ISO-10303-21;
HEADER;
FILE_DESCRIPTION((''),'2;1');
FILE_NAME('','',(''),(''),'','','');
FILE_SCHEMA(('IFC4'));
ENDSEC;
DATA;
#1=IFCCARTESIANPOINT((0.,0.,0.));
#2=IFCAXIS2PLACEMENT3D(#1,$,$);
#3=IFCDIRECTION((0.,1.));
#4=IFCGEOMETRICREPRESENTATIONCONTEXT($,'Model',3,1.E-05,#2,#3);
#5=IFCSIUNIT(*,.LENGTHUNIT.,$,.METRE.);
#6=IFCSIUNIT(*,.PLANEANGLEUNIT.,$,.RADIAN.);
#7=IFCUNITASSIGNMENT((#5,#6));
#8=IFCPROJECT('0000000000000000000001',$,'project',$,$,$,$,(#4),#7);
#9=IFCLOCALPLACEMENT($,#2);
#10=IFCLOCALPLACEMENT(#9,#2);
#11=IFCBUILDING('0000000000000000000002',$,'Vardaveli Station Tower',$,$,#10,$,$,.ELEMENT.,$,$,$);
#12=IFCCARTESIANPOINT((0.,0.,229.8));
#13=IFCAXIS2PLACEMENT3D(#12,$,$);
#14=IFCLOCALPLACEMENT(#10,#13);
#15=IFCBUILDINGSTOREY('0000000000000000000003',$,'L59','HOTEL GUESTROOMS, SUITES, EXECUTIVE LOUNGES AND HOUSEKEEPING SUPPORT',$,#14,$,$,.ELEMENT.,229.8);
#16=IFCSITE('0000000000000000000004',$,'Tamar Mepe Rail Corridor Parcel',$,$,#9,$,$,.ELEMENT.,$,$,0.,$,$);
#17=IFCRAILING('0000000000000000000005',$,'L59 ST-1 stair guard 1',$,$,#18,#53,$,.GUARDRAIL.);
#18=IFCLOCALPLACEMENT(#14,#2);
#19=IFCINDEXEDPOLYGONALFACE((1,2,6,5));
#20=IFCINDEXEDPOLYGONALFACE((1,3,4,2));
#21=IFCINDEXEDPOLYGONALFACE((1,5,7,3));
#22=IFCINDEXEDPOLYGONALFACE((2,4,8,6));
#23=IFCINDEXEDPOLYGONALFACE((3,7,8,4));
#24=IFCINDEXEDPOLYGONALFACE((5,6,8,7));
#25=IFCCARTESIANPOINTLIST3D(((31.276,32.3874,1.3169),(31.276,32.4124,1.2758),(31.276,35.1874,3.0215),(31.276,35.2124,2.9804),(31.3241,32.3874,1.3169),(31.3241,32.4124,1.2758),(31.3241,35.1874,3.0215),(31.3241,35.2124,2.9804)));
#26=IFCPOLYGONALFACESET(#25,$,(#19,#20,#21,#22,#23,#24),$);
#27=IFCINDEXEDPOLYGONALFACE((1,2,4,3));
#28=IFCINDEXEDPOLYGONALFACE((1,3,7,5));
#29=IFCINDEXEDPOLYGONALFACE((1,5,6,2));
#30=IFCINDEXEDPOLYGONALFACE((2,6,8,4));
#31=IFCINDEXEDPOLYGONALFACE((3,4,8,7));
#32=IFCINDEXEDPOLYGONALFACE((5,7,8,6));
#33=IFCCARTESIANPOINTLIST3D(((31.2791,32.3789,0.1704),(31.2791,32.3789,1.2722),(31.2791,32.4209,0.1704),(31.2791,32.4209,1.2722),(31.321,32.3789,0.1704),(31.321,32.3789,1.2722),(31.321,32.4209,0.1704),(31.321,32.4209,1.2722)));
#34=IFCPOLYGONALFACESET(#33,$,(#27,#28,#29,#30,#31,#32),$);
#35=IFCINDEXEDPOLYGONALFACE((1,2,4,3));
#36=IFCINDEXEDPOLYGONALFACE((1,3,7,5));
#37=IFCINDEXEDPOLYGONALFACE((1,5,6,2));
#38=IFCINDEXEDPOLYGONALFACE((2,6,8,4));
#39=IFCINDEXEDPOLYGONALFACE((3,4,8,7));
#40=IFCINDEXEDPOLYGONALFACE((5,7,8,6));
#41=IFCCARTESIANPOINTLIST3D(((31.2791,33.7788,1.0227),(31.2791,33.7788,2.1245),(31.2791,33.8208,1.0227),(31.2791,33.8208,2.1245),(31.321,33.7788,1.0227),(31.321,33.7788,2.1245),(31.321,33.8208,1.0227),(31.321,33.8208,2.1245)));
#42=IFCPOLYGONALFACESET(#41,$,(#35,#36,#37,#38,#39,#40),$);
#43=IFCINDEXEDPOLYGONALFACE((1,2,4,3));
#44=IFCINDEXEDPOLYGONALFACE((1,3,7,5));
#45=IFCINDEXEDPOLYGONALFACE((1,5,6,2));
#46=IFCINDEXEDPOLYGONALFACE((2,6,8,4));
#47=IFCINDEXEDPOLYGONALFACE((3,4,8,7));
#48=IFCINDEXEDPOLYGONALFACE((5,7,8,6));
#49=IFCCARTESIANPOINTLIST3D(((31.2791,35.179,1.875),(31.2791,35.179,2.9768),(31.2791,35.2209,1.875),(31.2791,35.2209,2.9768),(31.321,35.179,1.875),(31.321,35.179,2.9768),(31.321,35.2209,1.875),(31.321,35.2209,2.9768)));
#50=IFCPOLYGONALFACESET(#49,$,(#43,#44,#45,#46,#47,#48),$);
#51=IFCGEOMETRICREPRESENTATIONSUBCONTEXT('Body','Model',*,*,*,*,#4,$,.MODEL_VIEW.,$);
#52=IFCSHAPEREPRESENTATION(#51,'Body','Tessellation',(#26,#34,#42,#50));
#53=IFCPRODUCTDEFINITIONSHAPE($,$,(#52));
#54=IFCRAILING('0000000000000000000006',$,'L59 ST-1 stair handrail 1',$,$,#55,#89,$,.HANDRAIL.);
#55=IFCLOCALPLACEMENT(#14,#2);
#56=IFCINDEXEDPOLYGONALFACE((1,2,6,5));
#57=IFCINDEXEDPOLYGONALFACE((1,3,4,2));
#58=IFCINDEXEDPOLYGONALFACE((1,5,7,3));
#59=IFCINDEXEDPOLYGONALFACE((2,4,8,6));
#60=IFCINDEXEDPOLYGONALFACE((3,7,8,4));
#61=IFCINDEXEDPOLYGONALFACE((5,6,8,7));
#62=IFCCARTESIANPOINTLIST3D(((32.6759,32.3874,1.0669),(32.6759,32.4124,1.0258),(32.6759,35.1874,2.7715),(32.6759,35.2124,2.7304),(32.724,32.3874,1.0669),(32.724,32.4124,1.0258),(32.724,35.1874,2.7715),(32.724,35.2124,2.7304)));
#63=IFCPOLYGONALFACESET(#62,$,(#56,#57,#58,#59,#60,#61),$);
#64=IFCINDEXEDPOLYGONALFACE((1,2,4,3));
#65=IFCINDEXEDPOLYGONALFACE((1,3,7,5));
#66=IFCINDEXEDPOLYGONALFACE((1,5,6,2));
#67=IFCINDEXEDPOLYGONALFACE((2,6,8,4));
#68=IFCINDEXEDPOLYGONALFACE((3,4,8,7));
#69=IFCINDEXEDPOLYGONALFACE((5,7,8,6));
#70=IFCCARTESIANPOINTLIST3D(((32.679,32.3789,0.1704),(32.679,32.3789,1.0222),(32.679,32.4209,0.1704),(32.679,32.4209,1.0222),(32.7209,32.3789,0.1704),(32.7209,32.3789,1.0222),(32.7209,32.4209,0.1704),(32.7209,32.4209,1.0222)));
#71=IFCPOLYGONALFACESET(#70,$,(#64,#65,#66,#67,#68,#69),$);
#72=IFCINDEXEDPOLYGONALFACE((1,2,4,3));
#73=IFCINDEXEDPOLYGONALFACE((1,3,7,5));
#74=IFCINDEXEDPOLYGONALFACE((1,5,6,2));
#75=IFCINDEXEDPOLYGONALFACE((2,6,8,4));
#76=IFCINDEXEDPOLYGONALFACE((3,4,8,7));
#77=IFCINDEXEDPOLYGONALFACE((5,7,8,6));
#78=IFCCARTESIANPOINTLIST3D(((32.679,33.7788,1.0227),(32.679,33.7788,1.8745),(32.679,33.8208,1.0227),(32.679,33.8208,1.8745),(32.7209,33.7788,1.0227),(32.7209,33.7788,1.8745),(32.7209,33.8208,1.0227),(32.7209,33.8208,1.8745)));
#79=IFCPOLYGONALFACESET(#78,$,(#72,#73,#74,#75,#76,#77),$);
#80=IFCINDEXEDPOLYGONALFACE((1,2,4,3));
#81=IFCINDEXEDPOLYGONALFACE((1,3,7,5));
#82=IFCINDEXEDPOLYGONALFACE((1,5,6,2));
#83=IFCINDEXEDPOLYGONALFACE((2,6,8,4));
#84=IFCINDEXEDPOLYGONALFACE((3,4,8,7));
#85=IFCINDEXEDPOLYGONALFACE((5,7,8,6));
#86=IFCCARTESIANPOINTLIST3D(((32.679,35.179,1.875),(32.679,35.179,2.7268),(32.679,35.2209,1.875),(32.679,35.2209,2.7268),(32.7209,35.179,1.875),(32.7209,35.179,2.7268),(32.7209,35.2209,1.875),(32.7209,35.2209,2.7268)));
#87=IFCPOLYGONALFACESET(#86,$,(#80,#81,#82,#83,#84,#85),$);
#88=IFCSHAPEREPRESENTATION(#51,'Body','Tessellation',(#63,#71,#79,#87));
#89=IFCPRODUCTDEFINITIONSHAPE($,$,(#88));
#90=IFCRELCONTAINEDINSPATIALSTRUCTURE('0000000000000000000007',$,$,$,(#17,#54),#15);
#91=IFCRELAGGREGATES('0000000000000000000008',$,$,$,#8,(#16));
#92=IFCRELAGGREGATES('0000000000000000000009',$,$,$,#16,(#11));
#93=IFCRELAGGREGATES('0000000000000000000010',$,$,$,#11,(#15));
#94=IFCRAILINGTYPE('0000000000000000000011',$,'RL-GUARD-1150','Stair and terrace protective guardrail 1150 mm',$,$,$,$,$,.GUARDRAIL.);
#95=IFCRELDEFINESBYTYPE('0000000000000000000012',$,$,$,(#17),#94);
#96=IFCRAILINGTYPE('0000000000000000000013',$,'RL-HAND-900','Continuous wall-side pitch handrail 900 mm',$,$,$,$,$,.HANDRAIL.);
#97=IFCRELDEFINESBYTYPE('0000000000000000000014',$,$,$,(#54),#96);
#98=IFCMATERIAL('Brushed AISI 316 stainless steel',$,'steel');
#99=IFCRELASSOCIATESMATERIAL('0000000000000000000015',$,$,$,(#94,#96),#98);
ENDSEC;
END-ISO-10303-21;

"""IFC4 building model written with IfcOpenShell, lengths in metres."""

from ifc_helpers import new_model, si_unit, direction, frame, origin, origin_2d, place, context, subcontext, project, spatial, rectangle, extrude, source, transform, mapped, material, type_object, element, save


model = new_model("IFC4")

# Units and contexts
model_context = context("Model", 3, precision=1e-05, world=origin(), true_north=direction((0.0, 1.0)))
body_context = subcontext(model_context, "Body", "Model", "MODEL_VIEW")
ifc_project = project(units=[si_unit("LENGTHUNIT", "METRE"), si_unit("PLANEANGLEUNIT", "RADIAN")], contexts=[model_context])

# Site, building, storey
site_placement = place(None, origin())
site = spatial("IfcSite", under=ifc_project, at=site_placement, Name="Tamar Mepe Rail Corridor Parcel", CompositionType="ELEMENT", RefElevation=0.0)
building_placement = place(site_placement, origin())
building = spatial("IfcBuilding", under=site, at=building_placement, Name="Vardaveli Station Tower", CompositionType="ELEMENT")
storey_placement = place(building_placement, frame((0.0, 0.0, 229.8)))
storey = spatial("IfcBuildingStorey", under=building, at=storey_placement, Name="L59", Description="HOTEL GUESTROOMS, SUITES, EXECUTIVE LOUNGES AND HOUSEKEEPING SUPPORT", CompositionType="ELEMENT", Elevation=229.8)

# Railings
ifc_material_1 = material(Name="Brushed AISI 316 stainless steel", Category="steel")
railing_type_1 = type_object("IfcRailingType", Name="RL-GUARD-1150", Description="Stair and terrace protective guardrail 1150 mm", PredefinedType="GUARDRAIL", material=ifc_material_1)
shared_shape_1 = source(origin(), body_context, "Body", "SweptSolid", [
    extrude(rectangle(XDim=0.0481, YDim=0.0481, at=origin_2d()), frame((0.0, 0.0, 1.126), z_axis=(0.0, 0.85417, 0.519994), x_axis=(-1.0, 0.0, 0.0)), (0.0, 0.0, 1.0), 3.2781),
    extrude(rectangle(XDim=0.042, YDim=0.042, at=origin_2d()), origin(), (0.0, 0.0, 1.0), 1.1018),
    extrude(rectangle(XDim=0.042, YDim=0.042, at=origin_2d()), frame((0.0, 1.3999, 0.8523)), (0.0, 0.0, 1.0), 1.1018),
    extrude(rectangle(XDim=0.042, YDim=0.042, at=origin_2d()), frame((0.0, 2.8, 1.7046)), (0.0, 0.0, 1.0), 1.1018),
])
railing_1_placement = place(storey_placement, frame((31.3, 32.3999, 0.1704)))
element("IfcRailing", 1, at=railing_1_placement, inside=storey, type_object=railing_type_1, Name="L59 ST-1 stair guard 1", PredefinedType="GUARDRAIL", context=body_context, shape_type="MappedRepresentation", body=[
    mapped(shared_shape_1, transform((0.0, 0.0, 0.0), scale=1.0)),
])
railing_type_2 = type_object("IfcRailingType", Name="RL-HAND-900", Description="Continuous wall-side pitch handrail 900 mm", PredefinedType="HANDRAIL", material=ifc_material_1)
shared_shape_2 = source(origin(), body_context, "Body", "SweptSolid", [
    extrude(rectangle(XDim=0.0481, YDim=0.0481, at=origin_2d()), frame((0.0, 0.0, 0.876), z_axis=(0.0, 0.85417, 0.519994), x_axis=(-1.0, 0.0, 0.0)), (0.0, 0.0, 1.0), 3.2781),
    extrude(rectangle(XDim=0.042, YDim=0.042, at=origin_2d()), origin(), (0.0, 0.0, 1.0), 0.8518),
    extrude(rectangle(XDim=0.042, YDim=0.042, at=origin_2d()), frame((0.0, 1.3999, 0.8523)), (0.0, 0.0, 1.0), 0.8518),
    extrude(rectangle(XDim=0.042, YDim=0.042, at=origin_2d()), frame((0.0, 2.8, 1.7046)), (0.0, 0.0, 1.0), 0.8518),
])
railing_2_placement = place(storey_placement, frame((32.7, 32.3999, 0.1704)))
element("IfcRailing", 2, at=railing_2_placement, inside=storey, type_object=railing_type_2, Name="L59 ST-1 stair handrail 1", PredefinedType="HANDRAIL", context=body_context, shape_type="MappedRepresentation", body=[
    mapped(shared_shape_2, transform((0.0, 0.0, 0.0), scale=1.0)),
])

save(model, "model.ifc")
